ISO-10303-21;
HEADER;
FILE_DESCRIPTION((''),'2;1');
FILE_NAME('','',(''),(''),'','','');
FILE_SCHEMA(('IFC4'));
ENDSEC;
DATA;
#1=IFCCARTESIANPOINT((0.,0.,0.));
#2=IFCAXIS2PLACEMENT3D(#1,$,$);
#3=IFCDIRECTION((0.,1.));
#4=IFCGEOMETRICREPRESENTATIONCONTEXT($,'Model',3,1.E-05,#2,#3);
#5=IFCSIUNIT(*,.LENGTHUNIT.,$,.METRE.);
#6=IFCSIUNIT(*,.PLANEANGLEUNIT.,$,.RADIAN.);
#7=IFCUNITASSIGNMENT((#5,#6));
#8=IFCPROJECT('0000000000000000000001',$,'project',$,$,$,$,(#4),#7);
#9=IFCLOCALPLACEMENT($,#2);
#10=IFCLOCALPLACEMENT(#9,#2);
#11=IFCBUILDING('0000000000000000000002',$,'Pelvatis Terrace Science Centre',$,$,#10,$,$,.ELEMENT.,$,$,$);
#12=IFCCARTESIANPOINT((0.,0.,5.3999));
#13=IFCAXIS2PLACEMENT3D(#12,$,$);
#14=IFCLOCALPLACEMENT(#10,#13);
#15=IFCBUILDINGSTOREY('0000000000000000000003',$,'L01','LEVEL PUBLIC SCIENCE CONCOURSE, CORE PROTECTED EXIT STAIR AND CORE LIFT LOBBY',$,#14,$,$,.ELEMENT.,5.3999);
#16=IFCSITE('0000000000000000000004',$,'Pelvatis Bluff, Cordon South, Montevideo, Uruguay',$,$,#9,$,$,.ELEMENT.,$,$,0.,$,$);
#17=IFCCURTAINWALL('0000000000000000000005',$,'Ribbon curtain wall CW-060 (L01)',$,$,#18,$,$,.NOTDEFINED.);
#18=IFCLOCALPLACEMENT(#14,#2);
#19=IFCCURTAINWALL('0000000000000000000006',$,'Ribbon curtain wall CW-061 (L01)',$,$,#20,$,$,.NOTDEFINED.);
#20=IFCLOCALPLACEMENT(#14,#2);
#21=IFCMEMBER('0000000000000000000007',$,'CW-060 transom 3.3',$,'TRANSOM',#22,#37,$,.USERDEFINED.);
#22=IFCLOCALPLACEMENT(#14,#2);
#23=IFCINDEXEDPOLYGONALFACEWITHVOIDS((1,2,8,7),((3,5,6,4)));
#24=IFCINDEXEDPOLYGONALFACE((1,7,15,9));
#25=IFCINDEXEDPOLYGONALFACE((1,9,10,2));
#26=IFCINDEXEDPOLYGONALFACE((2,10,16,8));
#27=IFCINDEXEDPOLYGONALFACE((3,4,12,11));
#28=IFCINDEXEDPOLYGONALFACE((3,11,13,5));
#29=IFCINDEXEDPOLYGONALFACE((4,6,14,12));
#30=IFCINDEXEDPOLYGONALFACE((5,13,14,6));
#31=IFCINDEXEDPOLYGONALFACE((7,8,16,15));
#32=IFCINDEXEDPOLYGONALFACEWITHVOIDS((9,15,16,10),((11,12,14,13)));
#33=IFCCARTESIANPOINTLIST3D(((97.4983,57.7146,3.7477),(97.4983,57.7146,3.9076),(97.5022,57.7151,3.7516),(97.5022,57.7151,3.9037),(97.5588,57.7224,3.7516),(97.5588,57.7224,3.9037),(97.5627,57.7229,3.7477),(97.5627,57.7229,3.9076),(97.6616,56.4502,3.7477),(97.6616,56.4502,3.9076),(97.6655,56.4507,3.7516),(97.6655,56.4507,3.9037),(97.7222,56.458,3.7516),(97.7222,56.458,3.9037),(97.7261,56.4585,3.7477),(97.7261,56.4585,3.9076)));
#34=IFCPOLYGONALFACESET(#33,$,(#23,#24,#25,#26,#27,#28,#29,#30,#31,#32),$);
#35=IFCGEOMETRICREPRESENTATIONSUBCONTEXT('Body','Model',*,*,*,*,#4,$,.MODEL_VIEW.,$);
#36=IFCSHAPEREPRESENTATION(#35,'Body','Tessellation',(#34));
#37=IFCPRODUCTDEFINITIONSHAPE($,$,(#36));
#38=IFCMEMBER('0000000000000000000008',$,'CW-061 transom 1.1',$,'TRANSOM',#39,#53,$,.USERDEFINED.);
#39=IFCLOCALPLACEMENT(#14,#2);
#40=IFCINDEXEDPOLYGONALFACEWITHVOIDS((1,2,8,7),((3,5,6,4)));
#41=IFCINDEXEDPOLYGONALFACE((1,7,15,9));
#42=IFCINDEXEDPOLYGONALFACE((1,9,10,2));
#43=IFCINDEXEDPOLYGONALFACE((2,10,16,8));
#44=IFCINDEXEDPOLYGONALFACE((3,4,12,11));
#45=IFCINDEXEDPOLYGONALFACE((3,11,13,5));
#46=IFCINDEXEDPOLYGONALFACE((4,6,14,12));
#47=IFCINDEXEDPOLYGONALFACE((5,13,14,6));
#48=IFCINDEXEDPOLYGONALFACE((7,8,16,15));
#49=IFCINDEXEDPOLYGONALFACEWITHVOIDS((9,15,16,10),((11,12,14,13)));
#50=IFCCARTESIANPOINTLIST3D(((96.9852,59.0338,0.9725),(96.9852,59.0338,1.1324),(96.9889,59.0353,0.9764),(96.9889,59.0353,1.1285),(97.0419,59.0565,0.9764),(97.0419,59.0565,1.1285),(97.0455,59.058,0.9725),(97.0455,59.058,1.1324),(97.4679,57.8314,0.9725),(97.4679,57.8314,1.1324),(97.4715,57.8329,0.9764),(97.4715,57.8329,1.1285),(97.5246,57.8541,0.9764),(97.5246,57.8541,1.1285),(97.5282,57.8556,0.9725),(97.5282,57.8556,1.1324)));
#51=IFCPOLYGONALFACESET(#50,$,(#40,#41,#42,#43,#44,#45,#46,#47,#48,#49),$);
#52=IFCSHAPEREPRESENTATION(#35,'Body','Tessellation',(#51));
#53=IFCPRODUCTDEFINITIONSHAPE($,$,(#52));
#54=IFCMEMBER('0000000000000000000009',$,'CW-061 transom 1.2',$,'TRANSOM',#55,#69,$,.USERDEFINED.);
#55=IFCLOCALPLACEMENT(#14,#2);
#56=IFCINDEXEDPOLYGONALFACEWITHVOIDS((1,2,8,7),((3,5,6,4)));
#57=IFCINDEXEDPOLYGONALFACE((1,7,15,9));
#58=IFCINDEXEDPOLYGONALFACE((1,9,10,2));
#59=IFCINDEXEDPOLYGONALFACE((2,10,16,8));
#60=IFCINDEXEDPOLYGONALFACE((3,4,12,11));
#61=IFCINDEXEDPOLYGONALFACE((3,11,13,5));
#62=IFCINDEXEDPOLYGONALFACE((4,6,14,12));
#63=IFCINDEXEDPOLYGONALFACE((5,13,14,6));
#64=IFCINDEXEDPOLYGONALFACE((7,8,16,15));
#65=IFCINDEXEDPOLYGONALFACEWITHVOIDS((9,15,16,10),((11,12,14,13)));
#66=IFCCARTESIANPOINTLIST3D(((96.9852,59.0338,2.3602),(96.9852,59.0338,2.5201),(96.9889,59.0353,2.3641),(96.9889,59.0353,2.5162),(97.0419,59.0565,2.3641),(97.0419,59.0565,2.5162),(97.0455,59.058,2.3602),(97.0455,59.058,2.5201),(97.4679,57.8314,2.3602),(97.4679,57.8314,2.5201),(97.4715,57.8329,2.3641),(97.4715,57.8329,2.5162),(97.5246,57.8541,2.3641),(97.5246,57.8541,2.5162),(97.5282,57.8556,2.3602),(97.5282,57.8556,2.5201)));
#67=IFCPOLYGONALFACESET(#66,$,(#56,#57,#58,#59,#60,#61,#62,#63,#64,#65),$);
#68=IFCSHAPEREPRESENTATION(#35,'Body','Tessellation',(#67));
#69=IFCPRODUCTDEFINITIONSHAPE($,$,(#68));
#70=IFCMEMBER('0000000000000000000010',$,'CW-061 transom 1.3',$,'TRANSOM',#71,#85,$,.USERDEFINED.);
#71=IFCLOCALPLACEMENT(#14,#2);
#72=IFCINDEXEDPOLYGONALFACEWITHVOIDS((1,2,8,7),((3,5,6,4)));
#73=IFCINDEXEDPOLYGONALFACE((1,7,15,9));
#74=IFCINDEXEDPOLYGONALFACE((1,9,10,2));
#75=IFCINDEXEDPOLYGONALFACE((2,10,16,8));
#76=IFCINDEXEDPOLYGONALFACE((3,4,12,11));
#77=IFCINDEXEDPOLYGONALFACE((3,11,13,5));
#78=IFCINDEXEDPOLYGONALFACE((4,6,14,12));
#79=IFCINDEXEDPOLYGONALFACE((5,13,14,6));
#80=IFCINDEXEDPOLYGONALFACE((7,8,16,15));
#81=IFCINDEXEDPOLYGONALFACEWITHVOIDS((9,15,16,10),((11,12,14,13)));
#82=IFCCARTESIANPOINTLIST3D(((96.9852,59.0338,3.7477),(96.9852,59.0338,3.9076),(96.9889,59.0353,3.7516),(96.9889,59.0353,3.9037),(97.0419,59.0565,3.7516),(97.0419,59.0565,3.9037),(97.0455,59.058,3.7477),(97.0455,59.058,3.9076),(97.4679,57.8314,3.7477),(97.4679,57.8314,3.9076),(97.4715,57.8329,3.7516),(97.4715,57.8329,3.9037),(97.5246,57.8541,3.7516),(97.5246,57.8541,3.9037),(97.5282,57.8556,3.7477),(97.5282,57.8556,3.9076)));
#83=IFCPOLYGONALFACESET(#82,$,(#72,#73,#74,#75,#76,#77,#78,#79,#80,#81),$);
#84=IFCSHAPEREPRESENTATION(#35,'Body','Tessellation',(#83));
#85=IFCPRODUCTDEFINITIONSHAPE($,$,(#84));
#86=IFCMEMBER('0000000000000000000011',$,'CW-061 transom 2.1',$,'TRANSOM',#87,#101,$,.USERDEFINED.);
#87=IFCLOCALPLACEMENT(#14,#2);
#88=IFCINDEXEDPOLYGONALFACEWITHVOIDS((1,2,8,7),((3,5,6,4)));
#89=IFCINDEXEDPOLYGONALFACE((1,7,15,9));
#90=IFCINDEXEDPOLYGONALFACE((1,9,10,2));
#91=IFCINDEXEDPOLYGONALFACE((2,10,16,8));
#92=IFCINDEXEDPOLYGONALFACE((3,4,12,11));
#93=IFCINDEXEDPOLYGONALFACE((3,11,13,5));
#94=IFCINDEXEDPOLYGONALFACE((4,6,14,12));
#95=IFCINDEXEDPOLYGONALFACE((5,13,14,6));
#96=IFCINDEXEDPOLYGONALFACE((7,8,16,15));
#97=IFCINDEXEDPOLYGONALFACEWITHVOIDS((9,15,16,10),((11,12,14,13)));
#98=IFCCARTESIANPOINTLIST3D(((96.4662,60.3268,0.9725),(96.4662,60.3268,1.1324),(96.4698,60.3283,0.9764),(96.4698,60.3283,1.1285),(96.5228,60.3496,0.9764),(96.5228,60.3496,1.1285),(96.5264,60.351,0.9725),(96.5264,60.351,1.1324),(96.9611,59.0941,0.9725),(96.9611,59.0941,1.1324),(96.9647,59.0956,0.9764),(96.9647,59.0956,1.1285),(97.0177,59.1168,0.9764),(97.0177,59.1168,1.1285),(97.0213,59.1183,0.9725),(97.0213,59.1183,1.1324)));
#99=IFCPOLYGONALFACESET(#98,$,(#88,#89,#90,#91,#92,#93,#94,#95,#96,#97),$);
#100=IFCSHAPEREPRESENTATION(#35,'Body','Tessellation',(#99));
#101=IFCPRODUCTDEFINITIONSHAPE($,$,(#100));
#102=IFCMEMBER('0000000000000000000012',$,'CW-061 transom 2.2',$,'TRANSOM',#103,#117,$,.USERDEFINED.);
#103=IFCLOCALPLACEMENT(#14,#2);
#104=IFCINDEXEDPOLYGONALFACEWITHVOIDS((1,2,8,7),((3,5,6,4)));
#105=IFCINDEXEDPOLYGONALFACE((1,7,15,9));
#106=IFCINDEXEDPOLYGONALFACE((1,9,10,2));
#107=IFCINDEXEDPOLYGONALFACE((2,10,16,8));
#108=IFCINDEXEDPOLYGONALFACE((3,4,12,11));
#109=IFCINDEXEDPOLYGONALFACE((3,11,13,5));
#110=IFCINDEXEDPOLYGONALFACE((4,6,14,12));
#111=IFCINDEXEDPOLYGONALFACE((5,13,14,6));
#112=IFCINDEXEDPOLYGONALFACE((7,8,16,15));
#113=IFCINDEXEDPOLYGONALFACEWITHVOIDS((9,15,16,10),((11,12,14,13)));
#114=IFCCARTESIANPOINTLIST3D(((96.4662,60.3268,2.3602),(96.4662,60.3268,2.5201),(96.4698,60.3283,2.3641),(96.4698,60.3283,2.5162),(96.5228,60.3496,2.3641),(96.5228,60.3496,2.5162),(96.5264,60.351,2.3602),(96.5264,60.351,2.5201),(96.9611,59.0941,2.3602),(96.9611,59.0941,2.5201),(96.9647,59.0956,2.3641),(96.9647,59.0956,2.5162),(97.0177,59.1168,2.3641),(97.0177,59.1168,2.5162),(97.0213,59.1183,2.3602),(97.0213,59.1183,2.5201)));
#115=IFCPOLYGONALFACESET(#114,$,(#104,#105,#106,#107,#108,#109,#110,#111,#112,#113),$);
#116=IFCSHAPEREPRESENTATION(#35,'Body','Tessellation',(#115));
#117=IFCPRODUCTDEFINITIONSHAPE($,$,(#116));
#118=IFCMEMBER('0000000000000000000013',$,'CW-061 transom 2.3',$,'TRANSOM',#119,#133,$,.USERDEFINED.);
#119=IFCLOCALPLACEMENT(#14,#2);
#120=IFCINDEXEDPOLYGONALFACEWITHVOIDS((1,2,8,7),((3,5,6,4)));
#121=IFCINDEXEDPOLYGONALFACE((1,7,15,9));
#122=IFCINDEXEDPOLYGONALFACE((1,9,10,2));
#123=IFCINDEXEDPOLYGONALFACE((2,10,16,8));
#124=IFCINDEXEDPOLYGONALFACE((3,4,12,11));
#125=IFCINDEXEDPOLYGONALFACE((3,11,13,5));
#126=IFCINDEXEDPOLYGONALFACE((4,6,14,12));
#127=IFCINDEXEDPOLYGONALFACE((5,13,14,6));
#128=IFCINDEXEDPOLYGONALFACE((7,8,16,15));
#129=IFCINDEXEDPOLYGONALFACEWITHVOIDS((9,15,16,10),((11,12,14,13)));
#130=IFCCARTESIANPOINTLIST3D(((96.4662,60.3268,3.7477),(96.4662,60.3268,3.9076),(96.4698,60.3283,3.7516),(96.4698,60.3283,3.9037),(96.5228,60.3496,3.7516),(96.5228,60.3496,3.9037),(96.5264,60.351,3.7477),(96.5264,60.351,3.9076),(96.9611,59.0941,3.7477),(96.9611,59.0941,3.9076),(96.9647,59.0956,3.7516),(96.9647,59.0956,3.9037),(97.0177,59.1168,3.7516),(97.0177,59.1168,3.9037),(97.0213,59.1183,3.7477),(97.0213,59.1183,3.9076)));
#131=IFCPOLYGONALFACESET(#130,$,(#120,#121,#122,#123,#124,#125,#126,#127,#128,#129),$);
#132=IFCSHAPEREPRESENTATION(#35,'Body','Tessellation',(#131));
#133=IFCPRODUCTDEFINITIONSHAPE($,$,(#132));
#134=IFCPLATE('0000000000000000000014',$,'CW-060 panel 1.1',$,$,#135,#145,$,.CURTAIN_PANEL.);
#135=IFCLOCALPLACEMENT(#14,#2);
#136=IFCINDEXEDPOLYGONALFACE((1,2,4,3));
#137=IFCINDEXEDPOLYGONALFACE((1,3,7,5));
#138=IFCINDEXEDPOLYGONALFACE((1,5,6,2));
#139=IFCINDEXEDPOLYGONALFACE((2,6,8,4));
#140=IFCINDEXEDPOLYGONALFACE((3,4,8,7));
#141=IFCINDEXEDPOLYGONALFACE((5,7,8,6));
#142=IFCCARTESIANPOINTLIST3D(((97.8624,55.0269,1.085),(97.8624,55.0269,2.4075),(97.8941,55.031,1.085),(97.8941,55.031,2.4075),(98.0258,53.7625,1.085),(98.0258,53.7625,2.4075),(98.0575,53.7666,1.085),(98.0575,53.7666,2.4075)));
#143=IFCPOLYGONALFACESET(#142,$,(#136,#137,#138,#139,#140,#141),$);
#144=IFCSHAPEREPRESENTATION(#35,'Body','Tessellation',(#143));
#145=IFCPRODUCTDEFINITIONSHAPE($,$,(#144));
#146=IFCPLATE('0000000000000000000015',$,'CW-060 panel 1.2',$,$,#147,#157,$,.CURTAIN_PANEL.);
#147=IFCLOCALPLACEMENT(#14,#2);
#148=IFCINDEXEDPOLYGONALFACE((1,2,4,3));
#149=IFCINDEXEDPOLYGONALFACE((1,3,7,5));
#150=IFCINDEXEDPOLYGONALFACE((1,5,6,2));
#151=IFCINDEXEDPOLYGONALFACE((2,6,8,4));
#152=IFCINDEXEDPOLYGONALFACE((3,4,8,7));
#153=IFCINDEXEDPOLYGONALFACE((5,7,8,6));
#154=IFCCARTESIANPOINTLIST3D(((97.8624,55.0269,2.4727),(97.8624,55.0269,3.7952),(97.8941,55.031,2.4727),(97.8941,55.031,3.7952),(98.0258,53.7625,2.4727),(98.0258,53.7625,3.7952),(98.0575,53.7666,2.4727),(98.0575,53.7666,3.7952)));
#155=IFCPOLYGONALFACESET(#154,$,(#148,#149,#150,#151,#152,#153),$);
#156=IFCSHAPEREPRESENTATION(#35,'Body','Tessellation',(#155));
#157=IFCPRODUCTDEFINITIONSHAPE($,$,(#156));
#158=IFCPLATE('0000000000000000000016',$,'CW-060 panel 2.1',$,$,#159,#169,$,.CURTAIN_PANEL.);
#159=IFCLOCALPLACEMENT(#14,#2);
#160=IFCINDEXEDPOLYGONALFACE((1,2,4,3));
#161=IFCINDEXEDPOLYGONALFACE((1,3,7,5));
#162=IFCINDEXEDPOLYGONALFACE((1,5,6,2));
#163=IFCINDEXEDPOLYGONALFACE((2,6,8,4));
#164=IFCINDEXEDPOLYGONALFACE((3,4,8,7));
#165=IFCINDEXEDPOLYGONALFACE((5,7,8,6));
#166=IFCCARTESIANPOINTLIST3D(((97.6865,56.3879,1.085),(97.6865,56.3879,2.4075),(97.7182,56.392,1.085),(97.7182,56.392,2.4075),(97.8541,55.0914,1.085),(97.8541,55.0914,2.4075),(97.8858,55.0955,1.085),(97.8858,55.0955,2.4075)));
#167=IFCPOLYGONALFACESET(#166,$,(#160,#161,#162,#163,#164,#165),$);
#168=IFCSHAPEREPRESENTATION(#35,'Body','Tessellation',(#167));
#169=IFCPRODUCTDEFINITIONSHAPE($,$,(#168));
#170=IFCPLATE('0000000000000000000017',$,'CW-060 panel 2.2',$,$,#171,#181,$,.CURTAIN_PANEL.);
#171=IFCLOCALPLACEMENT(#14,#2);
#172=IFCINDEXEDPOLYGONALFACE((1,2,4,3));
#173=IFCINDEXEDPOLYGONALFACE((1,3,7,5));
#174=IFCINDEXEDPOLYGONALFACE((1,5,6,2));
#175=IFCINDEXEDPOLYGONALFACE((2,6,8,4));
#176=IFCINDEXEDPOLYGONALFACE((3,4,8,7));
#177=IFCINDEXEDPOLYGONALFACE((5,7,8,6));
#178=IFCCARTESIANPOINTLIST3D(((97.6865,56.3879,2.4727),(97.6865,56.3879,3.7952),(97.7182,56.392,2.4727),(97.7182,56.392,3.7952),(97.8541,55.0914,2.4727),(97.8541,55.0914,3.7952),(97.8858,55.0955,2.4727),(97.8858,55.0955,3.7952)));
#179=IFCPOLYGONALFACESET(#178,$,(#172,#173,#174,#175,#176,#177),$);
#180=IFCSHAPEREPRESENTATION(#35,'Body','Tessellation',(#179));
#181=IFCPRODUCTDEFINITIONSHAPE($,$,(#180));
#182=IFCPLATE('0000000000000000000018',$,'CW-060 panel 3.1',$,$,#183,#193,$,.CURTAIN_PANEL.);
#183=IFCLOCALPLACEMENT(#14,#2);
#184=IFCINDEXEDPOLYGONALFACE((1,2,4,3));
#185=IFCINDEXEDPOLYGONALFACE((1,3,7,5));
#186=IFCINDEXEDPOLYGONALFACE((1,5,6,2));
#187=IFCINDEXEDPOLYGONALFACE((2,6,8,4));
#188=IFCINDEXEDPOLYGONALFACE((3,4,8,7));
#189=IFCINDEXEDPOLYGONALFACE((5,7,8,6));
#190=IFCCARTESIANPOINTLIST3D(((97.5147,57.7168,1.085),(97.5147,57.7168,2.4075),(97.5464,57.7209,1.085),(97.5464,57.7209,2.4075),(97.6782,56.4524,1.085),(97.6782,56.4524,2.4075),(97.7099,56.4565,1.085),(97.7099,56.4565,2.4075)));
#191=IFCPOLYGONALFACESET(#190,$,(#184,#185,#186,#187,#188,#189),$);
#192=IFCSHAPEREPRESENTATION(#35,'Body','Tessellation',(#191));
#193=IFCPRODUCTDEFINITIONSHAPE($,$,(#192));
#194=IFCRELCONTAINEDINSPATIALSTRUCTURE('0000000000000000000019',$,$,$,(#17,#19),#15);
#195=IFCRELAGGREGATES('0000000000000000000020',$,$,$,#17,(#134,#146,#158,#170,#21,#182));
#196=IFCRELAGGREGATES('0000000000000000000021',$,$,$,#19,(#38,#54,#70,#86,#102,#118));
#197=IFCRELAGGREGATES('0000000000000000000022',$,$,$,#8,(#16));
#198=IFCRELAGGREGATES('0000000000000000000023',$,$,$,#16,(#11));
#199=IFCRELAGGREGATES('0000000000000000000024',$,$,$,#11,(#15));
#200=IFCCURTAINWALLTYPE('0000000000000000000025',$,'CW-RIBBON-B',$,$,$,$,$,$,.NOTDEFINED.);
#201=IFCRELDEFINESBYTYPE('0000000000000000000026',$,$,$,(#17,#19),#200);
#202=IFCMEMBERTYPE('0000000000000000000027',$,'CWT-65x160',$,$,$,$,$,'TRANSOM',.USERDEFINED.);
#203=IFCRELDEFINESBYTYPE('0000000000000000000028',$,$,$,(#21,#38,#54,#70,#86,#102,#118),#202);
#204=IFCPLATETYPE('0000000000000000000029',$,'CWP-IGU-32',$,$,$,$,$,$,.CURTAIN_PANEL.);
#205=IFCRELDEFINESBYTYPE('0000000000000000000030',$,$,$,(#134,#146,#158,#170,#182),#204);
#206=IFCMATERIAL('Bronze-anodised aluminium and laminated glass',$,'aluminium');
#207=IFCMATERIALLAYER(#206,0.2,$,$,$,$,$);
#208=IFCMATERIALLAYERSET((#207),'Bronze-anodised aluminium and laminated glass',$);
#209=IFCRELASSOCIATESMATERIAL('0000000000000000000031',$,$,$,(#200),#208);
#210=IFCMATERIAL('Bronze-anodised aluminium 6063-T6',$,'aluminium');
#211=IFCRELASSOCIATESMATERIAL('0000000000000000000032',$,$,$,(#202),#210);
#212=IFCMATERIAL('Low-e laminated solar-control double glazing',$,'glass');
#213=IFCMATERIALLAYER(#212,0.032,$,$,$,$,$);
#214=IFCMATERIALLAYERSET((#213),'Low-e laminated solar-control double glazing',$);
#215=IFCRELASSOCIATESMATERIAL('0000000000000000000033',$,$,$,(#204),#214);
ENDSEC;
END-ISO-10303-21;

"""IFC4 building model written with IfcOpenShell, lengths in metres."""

from ifc_helpers import new_model, si_unit, direction, frame, origin, origin_2d, place, context, subcontext, project, spatial, rectangle, hollow_rectangle, extrude, material, layer, layer_set, material_profile, profile_set, type_object, element, aggregate, save


model = new_model("IFC4")

# Units and contexts
model_context = context("Model", 3, precision=1e-05, world=origin(), true_north=direction((0.0, 1.0)))
body_context = subcontext(model_context, "Body", "Model", "MODEL_VIEW")
ifc_project = project(units=[si_unit("LENGTHUNIT", "METRE"), si_unit("PLANEANGLEUNIT", "RADIAN")], contexts=[model_context])

# Site, building, storey
site_placement = place(None, origin())
site = spatial("IfcSite", under=ifc_project, at=site_placement, Name="Pelvatis Bluff, Cordon South, Montevideo, Uruguay", CompositionType="ELEMENT", RefElevation=0.0)
building_placement = place(site_placement, origin())
building = spatial("IfcBuilding", under=site, at=building_placement, Name="Pelvatis Terrace Science Centre", CompositionType="ELEMENT")
storey_placement = place(building_placement, frame((0.0, 0.0, 5.3999)))
storey = spatial("IfcBuildingStorey", under=building, at=storey_placement, Name="L01", Description="LEVEL PUBLIC SCIENCE CONCOURSE, CORE PROTECTED EXIT STAIR AND CORE LIFT LOBBY", CompositionType="ELEMENT", Elevation=5.3999)

# Curtain walls
ifc_material_1 = material(Name="Bronze-anodised aluminium and laminated glass", Category="aluminium")
ifc_layer_1 = layer(ifc_material_1, 0.2)
ifc_layer_set_1 = layer_set([ifc_layer_1], Name="Bronze-anodised aluminium and laminated glass")
curtain_wall_type = type_object("IfcCurtainWallType", Name="CW-RIBBON-B", PredefinedType="NOTDEFINED", material=ifc_layer_set_1)
curtain_wall_1_placement = place(storey_placement, origin())
curtain_wall_1 = element("IfcCurtainWall", 1, at=curtain_wall_1_placement, inside=storey, type_object=curtain_wall_type, Name="Ribbon curtain wall CW-060 (L01)", PredefinedType="NOTDEFINED")
curtain_wall_2_placement = place(storey_placement, origin())
curtain_wall_2 = element("IfcCurtainWall", 2, at=curtain_wall_2_placement, inside=storey, type_object=curtain_wall_type, Name="Ribbon curtain wall CW-061 (L01)", PredefinedType="NOTDEFINED")

# Members
ifc_material_2 = material(Name="Bronze-anodised aluminium 6063-T6", Category="aluminium")
ifc_material_profile_1 = material_profile(ifc_material_2, hollow_rectangle(XDim=0.0649, YDim=0.1599, WallThickness=0.0039, at=origin_2d()), Name="ALU-TRN 65x160")
ifc_profile_set_1 = profile_set([ifc_material_profile_1], Name="Bronze-anodised aluminium 6063-T6")
member_type_1 = type_object("IfcMemberType", Name="CWT-65x160", ElementType="TRANSOM", PredefinedType="USERDEFINED", material=ifc_profile_set_1)
member_1_placement = place(storey_placement, frame((97.6938, 56.4543, 3.8276), z_axis=(-0.128111, 0.99176, 0.0), x_axis=(-0.99176, -0.128111, 0.0)))
member_1 = element("IfcMember", 3, at=member_1_placement, type_object=member_type_1, Name="CW-060 transom 3.3", ObjectType="TRANSOM", PredefinedType="USERDEFINED", context=body_context, shape_type="SweptSolid", body=[
    extrude(hollow_rectangle(XDim=0.0649, YDim=0.1599, WallThickness=0.0039, at=origin_2d()), origin(), (0.0, 0.0, 1.0), 1.2749),
])
member_2_placement = place(storey_placement, frame((97.498, 57.8435, 1.0525), z_axis=(-0.372527, 0.928021, 0.0), x_axis=(-0.928021, -0.372527, 0.0)))
member_2 = element("IfcMember", 4, at=member_2_placement, type_object=member_type_1, Name="CW-061 transom 1.1", ObjectType="TRANSOM", PredefinedType="USERDEFINED", context=body_context, shape_type="SweptSolid", body=[
    extrude(hollow_rectangle(XDim=0.0649, YDim=0.1599, WallThickness=0.0039, at=origin_2d()), origin(), (0.0, 0.0, 1.0), 1.2957),
])
member_3_placement = place(storey_placement, frame((97.498, 57.8435, 2.4402), z_axis=(-0.372527, 0.928021, 0.0), x_axis=(-0.928021, -0.372527, 0.0)))
member_3 = element("IfcMember", 5, at=member_3_placement, type_object=member_type_1, Name="CW-061 transom 1.2", ObjectType="TRANSOM", PredefinedType="USERDEFINED", context=body_context, shape_type="SweptSolid", body=[
    extrude(hollow_rectangle(XDim=0.0649, YDim=0.1599, WallThickness=0.0039, at=origin_2d()), origin(), (0.0, 0.0, 1.0), 1.2957),
])
member_4_placement = place(storey_placement, frame((97.498, 57.8435, 3.8276), z_axis=(-0.372527, 0.928021, 0.0), x_axis=(-0.928021, -0.372527, 0.0)))
member_4 = element("IfcMember", 6, at=member_4_placement, type_object=member_type_1, Name="CW-061 transom 1.3", ObjectType="TRANSOM", PredefinedType="USERDEFINED", context=body_context, shape_type="SweptSolid", body=[
    extrude(hollow_rectangle(XDim=0.0649, YDim=0.1599, WallThickness=0.0039, at=origin_2d()), origin(), (0.0, 0.0, 1.0), 1.2957),
])
member_5_placement = place(storey_placement, frame((96.9912, 59.1062, 1.0525), z_axis=(-0.372563, 0.928007, 0.0), x_axis=(-0.928007, -0.372563, 0.0)))
member_5 = element("IfcMember", 7, at=member_5_placement, type_object=member_type_1, Name="CW-061 transom 2.1", ObjectType="TRANSOM", PredefinedType="USERDEFINED", context=body_context, shape_type="SweptSolid", body=[
    extrude(hollow_rectangle(XDim=0.0649, YDim=0.1599, WallThickness=0.0039, at=origin_2d()), origin(), (0.0, 0.0, 1.0), 1.3284),
])
member_6_placement = place(storey_placement, frame((96.9912, 59.1062, 2.4402), z_axis=(-0.372563, 0.928007, 0.0), x_axis=(-0.928007, -0.372563, 0.0)))
member_6 = element("IfcMember", 8, at=member_6_placement, type_object=member_type_1, Name="CW-061 transom 2.2", ObjectType="TRANSOM", PredefinedType="USERDEFINED", context=body_context, shape_type="SweptSolid", body=[
    extrude(hollow_rectangle(XDim=0.0649, YDim=0.1599, WallThickness=0.0039, at=origin_2d()), origin(), (0.0, 0.0, 1.0), 1.3284),
])
member_7_placement = place(storey_placement, frame((96.9912, 59.1062, 3.8276), z_axis=(-0.372563, 0.928007, 0.0), x_axis=(-0.928007, -0.372563, 0.0)))
member_7 = element("IfcMember", 9, at=member_7_placement, type_object=member_type_1, Name="CW-061 transom 2.3", ObjectType="TRANSOM", PredefinedType="USERDEFINED", context=body_context, shape_type="SweptSolid", body=[
    extrude(hollow_rectangle(XDim=0.0649, YDim=0.1599, WallThickness=0.0039, at=origin_2d()), origin(), (0.0, 0.0, 1.0), 1.3284),
])

# Plates
ifc_material_3 = material(Name="Low-e laminated solar-control double glazing", Category="glass")
ifc_layer_2 = layer(ifc_material_3, 0.032)
ifc_layer_set_2 = layer_set([ifc_layer_2], Name="Low-e laminated solar-control double glazing")
plate_type = type_object("IfcPlateType", Name="CWP-IGU-32", PredefinedType="CURTAIN_PANEL", material=ifc_layer_set_2)
plate_1_placement = place(storey_placement, frame((97.96, 54.3967, 1.085), z_axis=(0.0, 0.0, 1.0), x_axis=(-0.128192, 0.991749, 0.0)))
plate_1 = element("IfcPlate", 10, at=plate_1_placement, type_object=plate_type, Name="CW-060 panel 1.1", PredefinedType="CURTAIN_PANEL", context=body_context, shape_type="SweptSolid", body=[
    extrude(rectangle(XDim=1.2749, YDim=0.032, at=origin_2d()), origin(), (0.0, 0.0, 1.0), 1.3225),
])
plate_2_placement = place(storey_placement, frame((97.96, 54.3967, 2.4727), z_axis=(0.0, 0.0, 1.0), x_axis=(-0.128192, 0.991749, 0.0)))
plate_2 = element("IfcPlate", 11, at=plate_2_placement, type_object=plate_type, Name="CW-060 panel 1.2", PredefinedType="CURTAIN_PANEL", context=body_context, shape_type="SweptSolid", body=[
    extrude(rectangle(XDim=1.2749, YDim=0.032, at=origin_2d()), origin(), (0.0, 0.0, 1.0), 1.3225),
])
plate_3_placement = place(storey_placement, frame((97.7861, 55.7417, 1.085), z_axis=(0.0, 0.0, 1.0), x_axis=(-0.128192, 0.991749, 0.0)))
plate_3 = element("IfcPlate", 12, at=plate_3_placement, type_object=plate_type, Name="CW-060 panel 2.1", PredefinedType="CURTAIN_PANEL", context=body_context, shape_type="SweptSolid", body=[
    extrude(rectangle(XDim=1.3074, YDim=0.032, at=origin_2d()), origin(), (0.0, 0.0, 1.0), 1.3225),
])
plate_4_placement = place(storey_placement, frame((97.7861, 55.7417, 2.4727), z_axis=(0.0, 0.0, 1.0), x_axis=(-0.128192, 0.991749, 0.0)))
plate_4 = element("IfcPlate", 13, at=plate_4_placement, type_object=plate_type, Name="CW-060 panel 2.2", PredefinedType="CURTAIN_PANEL", context=body_context, shape_type="SweptSolid", body=[
    extrude(rectangle(XDim=1.3074, YDim=0.032, at=origin_2d()), origin(), (0.0, 0.0, 1.0), 1.3225),
])
plate_5_placement = place(storey_placement, frame((97.6123, 57.0867, 1.085), z_axis=(0.0, 0.0, 1.0), x_axis=(-0.128192, 0.991749, 0.0)))
plate_5 = element("IfcPlate", 14, at=plate_5_placement, type_object=plate_type, Name="CW-060 panel 3.1", PredefinedType="CURTAIN_PANEL", context=body_context, shape_type="SweptSolid", body=[
    extrude(rectangle(XDim=1.2749, YDim=0.032, at=origin_2d()), origin(), (0.0, 0.0, 1.0), 1.3225),
])
aggregate(curtain_wall_1, [plate_1, plate_2, plate_3, plate_4, member_1, plate_5])
aggregate(curtain_wall_2, [member_2, member_3, member_4, member_5, member_6, member_7])

save(model, "model.ifc")
